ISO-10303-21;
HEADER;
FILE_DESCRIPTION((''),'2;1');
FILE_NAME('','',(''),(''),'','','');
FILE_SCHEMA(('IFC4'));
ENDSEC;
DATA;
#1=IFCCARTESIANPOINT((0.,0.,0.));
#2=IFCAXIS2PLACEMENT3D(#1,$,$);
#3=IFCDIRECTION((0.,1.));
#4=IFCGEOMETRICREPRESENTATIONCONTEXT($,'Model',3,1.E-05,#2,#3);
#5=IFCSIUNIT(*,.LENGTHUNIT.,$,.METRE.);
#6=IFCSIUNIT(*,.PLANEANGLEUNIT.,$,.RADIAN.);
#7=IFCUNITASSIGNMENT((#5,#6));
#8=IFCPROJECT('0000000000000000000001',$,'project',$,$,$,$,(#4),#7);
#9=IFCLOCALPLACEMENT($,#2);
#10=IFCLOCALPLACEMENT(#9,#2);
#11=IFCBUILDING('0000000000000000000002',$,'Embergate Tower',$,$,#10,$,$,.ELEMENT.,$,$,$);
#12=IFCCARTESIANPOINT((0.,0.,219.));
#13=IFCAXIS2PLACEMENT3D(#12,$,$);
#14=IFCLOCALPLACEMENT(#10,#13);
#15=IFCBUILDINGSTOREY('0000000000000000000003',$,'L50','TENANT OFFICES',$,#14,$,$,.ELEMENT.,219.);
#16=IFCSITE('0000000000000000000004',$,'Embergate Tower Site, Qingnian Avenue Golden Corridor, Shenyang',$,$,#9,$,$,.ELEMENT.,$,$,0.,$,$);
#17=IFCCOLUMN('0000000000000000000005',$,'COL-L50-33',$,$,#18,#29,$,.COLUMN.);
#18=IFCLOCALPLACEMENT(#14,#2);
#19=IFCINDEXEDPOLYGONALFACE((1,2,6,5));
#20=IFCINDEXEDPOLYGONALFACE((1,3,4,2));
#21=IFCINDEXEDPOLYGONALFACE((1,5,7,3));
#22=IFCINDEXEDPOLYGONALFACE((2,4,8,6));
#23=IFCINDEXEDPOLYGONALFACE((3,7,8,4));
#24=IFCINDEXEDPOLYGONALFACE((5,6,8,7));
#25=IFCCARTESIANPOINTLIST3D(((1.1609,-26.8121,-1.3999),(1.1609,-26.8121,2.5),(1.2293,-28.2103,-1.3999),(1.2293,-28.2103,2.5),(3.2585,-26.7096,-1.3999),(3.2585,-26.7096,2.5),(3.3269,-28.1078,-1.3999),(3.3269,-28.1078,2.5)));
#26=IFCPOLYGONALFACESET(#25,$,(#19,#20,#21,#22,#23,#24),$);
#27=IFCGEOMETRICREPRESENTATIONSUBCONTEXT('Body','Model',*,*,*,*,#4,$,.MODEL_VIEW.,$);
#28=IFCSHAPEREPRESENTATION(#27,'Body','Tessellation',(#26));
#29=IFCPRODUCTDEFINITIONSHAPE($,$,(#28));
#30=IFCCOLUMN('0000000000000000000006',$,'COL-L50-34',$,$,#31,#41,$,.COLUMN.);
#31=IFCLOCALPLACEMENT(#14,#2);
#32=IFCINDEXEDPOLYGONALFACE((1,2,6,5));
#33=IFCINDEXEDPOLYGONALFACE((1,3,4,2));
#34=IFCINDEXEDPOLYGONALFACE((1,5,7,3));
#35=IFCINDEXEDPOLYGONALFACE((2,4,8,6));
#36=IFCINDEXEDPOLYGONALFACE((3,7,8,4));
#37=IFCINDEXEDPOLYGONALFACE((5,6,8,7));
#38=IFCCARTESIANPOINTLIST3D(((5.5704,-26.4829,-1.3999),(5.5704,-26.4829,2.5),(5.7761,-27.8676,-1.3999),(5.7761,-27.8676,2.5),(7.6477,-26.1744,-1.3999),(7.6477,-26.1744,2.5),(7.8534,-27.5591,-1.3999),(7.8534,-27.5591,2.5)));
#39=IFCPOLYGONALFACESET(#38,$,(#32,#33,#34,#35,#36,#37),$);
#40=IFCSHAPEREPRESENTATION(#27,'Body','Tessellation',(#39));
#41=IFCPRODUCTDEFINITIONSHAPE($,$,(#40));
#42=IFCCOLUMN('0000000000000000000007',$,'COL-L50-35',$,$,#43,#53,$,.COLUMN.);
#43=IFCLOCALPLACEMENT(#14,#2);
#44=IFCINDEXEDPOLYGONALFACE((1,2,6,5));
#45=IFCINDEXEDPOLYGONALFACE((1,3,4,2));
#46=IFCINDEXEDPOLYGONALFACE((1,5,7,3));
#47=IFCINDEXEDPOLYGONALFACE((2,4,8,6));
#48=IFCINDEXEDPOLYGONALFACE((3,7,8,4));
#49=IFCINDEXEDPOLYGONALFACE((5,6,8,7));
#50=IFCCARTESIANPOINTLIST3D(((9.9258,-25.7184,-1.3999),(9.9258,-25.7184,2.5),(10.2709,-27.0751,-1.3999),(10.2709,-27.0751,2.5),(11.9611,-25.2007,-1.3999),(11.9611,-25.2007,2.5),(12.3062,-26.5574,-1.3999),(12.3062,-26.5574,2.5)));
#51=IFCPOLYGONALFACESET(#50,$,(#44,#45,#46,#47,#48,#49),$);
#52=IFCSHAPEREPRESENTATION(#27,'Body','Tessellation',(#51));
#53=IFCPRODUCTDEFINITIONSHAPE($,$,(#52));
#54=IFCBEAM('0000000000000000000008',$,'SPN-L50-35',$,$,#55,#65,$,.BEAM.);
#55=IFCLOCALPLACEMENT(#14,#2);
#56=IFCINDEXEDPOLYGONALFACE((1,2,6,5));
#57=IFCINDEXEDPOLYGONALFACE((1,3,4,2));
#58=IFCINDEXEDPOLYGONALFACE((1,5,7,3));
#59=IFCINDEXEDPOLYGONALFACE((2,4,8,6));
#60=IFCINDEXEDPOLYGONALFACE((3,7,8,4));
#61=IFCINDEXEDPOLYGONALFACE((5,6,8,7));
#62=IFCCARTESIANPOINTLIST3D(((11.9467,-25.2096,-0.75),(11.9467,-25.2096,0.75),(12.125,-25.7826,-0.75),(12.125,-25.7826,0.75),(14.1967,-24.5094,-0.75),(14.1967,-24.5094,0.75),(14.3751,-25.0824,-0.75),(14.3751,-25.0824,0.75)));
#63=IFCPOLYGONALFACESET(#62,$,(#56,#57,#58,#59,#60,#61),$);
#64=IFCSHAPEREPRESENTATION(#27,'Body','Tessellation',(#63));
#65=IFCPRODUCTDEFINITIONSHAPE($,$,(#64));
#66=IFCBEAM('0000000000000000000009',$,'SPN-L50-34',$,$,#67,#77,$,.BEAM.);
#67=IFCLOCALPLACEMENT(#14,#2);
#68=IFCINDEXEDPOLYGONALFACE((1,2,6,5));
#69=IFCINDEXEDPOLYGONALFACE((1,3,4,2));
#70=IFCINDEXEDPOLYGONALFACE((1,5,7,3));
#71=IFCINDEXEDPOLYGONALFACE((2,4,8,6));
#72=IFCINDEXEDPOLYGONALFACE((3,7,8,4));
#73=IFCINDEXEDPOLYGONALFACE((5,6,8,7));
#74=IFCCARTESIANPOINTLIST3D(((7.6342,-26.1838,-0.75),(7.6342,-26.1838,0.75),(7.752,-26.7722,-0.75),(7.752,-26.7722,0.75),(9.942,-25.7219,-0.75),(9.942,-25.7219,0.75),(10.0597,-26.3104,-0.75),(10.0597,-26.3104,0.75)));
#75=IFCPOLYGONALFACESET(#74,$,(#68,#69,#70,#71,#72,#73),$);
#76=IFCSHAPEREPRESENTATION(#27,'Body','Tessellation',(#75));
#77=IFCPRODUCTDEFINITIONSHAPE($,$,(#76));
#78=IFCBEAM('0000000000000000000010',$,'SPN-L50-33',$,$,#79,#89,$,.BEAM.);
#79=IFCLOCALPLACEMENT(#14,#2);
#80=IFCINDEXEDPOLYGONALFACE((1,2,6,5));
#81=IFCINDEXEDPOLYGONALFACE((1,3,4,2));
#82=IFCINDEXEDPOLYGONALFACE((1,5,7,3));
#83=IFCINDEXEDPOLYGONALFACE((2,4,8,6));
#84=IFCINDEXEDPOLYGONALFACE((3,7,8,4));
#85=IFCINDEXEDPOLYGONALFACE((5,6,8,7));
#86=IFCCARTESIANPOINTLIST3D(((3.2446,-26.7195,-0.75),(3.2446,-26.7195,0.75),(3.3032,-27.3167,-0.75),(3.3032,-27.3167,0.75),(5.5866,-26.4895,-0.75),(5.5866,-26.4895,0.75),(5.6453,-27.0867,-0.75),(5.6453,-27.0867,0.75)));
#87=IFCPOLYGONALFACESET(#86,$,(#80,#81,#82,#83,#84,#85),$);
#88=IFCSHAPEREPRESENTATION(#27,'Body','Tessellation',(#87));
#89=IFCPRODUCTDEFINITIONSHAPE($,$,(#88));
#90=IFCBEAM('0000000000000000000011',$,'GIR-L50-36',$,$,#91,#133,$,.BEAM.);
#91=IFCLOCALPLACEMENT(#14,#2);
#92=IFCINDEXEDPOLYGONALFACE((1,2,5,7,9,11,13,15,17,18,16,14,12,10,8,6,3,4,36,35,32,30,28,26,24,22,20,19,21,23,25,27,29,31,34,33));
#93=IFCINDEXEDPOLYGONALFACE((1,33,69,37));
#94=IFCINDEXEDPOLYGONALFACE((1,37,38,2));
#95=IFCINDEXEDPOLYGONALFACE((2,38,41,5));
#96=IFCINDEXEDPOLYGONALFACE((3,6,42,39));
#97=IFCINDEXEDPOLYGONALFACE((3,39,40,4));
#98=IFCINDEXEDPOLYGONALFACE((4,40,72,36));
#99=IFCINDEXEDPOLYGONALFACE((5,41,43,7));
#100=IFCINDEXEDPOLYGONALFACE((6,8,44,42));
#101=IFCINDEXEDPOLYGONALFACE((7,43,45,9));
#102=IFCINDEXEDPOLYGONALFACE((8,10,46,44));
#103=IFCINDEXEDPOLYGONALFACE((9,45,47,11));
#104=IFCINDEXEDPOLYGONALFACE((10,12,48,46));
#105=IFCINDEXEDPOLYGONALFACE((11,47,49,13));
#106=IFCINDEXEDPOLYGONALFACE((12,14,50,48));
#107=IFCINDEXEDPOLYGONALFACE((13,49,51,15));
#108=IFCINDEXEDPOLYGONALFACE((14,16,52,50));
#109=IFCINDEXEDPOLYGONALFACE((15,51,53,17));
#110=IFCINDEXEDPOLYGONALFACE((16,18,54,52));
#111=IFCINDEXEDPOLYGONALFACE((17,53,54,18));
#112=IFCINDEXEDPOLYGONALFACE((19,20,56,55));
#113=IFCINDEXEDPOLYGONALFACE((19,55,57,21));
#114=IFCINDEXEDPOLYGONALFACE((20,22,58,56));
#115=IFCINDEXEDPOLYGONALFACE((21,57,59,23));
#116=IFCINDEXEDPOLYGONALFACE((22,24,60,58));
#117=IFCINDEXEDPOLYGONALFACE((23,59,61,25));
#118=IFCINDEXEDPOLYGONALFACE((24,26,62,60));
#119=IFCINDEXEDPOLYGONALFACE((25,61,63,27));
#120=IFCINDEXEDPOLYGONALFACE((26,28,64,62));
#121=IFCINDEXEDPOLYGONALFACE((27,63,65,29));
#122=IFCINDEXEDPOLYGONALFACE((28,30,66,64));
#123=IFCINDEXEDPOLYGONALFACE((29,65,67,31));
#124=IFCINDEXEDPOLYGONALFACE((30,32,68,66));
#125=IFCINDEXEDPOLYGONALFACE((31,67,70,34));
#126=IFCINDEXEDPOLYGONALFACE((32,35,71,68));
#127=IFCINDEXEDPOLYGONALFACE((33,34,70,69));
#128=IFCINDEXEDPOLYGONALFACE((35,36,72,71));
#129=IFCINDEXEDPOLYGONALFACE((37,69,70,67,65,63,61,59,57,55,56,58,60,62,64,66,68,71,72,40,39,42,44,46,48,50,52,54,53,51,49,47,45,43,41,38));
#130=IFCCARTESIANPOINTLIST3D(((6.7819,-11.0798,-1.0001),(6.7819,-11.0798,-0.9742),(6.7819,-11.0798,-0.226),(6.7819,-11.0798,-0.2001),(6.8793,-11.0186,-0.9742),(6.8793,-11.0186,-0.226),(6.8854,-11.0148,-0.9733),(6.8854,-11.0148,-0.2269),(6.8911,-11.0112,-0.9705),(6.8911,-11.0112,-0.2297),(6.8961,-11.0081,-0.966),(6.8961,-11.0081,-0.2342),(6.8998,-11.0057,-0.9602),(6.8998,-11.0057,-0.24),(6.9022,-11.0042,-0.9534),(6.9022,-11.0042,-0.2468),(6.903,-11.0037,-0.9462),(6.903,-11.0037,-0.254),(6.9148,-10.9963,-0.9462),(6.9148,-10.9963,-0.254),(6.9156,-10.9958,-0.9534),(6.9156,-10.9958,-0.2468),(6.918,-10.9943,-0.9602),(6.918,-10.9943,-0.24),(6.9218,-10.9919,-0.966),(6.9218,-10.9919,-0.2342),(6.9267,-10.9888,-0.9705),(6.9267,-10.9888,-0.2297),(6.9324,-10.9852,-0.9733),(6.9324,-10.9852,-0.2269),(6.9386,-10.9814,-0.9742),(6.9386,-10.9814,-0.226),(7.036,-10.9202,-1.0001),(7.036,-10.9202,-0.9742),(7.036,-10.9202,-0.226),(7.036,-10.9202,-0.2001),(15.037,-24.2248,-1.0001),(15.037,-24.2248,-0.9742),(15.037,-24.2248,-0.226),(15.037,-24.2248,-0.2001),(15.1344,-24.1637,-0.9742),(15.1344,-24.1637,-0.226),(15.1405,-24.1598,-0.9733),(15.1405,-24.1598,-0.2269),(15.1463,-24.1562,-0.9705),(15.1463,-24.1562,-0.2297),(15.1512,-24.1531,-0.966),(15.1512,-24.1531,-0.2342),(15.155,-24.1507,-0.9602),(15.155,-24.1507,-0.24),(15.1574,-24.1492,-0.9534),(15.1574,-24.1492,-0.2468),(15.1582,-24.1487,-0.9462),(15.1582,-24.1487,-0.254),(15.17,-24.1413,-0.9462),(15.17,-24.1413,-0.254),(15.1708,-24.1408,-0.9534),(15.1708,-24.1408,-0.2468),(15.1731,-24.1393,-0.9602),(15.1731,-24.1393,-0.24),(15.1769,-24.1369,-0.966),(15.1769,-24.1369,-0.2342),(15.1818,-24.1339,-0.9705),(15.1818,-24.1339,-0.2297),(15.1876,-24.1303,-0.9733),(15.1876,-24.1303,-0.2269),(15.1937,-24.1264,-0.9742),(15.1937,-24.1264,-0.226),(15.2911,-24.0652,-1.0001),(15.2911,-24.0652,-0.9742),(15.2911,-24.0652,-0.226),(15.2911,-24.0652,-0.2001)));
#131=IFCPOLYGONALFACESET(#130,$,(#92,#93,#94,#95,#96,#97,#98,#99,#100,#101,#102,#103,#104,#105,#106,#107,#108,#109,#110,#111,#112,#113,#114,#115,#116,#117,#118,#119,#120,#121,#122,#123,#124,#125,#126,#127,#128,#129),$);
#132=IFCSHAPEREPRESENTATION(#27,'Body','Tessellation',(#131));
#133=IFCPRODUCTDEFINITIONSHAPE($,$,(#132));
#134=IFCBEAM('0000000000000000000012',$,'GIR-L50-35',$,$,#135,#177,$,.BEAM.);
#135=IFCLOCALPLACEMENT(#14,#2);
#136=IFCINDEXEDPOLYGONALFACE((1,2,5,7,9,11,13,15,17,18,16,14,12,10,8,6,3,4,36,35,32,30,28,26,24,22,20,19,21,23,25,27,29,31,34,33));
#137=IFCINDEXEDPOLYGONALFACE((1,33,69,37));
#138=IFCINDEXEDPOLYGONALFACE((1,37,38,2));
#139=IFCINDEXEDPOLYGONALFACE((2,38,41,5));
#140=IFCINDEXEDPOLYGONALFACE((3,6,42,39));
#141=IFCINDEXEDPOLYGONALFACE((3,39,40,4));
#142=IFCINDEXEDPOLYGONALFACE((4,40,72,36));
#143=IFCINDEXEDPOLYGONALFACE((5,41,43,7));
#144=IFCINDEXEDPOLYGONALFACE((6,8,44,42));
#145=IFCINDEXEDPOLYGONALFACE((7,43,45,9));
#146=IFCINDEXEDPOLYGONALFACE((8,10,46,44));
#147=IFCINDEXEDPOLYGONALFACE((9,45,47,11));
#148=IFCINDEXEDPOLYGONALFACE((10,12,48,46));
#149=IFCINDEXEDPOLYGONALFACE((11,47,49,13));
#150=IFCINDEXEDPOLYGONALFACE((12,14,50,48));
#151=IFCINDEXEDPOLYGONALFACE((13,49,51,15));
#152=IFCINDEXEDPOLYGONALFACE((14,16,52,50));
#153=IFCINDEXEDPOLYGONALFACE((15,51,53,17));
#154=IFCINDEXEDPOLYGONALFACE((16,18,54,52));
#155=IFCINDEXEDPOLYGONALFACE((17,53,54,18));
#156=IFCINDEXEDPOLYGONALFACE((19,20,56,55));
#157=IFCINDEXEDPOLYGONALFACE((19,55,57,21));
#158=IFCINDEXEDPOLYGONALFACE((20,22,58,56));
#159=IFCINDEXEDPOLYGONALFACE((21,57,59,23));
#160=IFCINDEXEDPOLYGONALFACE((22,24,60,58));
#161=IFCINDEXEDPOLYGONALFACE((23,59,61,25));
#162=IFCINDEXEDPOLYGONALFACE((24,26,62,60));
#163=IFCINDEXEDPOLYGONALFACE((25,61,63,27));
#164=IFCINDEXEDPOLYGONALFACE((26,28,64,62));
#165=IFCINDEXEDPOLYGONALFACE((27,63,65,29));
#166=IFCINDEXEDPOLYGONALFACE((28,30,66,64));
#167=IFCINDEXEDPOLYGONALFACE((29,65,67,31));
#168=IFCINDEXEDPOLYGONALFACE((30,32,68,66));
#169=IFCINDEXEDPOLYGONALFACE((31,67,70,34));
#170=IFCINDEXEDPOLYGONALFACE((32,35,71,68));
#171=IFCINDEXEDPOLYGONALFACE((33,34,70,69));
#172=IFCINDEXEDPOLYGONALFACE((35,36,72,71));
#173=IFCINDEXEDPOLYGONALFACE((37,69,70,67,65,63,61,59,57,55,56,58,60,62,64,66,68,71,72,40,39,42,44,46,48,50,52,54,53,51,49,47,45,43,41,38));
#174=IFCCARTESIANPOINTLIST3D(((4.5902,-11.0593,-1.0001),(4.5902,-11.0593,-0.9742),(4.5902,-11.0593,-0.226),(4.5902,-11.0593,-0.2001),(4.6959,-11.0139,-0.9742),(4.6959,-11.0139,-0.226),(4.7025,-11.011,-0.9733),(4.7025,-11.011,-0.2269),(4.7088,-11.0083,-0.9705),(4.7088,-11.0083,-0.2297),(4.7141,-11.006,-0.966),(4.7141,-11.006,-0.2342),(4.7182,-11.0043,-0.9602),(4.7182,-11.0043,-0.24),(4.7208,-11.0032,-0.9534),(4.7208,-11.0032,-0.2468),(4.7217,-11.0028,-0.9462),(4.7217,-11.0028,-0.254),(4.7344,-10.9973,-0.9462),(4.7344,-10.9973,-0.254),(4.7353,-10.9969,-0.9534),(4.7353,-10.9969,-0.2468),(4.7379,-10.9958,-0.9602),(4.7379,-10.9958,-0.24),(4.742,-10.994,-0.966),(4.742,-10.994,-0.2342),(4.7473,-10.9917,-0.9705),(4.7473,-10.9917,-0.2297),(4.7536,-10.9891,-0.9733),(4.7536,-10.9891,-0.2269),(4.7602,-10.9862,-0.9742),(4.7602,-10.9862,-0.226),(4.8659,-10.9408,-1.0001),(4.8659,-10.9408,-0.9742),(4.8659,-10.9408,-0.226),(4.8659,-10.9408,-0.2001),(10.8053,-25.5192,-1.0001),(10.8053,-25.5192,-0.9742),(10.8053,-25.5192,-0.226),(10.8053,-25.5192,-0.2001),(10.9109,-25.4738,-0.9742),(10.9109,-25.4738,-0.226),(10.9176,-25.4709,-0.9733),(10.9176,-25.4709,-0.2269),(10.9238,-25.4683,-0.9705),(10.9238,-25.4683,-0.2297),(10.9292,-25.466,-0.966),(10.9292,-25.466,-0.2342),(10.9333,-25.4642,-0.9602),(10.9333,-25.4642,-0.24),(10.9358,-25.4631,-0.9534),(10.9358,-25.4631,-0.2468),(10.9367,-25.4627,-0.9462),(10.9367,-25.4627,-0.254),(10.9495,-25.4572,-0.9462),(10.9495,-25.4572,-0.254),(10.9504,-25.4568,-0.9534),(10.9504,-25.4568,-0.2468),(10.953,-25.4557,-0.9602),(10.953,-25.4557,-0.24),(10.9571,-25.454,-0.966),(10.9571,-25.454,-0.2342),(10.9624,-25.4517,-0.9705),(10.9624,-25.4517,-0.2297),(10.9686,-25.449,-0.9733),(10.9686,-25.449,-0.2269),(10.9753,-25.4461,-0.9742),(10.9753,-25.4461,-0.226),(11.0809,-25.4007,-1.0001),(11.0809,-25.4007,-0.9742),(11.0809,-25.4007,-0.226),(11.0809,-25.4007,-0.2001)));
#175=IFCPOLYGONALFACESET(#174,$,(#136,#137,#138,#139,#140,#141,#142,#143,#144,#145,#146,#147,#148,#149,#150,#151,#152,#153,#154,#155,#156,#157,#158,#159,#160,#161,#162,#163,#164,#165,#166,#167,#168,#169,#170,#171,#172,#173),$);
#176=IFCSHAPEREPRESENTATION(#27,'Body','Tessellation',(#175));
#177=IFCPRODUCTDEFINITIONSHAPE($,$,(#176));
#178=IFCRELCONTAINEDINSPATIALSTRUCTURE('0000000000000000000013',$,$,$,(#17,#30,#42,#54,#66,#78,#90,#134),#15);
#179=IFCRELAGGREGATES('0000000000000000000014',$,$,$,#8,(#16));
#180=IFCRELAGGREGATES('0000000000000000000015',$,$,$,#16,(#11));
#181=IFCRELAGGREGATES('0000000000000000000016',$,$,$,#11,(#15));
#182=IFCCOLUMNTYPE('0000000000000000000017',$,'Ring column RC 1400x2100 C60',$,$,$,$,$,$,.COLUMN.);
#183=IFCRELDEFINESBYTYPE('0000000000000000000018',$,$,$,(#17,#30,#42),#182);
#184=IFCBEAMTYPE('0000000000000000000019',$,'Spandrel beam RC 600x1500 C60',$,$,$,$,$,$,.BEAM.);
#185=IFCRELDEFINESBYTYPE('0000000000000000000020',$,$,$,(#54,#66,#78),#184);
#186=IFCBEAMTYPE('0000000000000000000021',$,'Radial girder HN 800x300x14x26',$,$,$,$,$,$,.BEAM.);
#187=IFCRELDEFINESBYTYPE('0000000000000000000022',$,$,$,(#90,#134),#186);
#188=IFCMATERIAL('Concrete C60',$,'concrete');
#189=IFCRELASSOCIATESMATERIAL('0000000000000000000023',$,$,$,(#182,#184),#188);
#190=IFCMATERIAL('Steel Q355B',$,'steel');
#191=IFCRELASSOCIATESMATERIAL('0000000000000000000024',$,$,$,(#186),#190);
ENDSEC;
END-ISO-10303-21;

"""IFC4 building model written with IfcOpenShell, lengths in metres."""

from ifc_helpers import new_model, si_unit, direction, frame, origin, origin_2d, place, context, subcontext, project, spatial, rectangle, i_section, extrude, source, transform, mapped, material, material_profile, profile_set, type_object, element, save


model = new_model("IFC4")

# Units and contexts
model_context = context("Model", 3, precision=1e-05, world=origin(), true_north=direction((0.0, 1.0)))
body_context = subcontext(model_context, "Body", "Model", "MODEL_VIEW")
ifc_project = project(units=[si_unit("LENGTHUNIT", "METRE"), si_unit("PLANEANGLEUNIT", "RADIAN")], contexts=[model_context])

# Site, building, storey
site_placement = place(None, origin())
site = spatial("IfcSite", under=ifc_project, at=site_placement, Name="Embergate Tower Site, Qingnian Avenue Golden Corridor, Shenyang", CompositionType="ELEMENT", RefElevation=0.0)
building_placement = place(site_placement, origin())
building = spatial("IfcBuilding", under=site, at=building_placement, Name="Embergate Tower", CompositionType="ELEMENT")
storey_placement = place(building_placement, frame((0.0, 0.0, 219.0)))
storey = spatial("IfcBuildingStorey", under=building, at=storey_placement, Name="L50", Description="TENANT OFFICES", CompositionType="ELEMENT", Elevation=219.0)

# Columns
ifc_material_1 = material(Name="Concrete C60", Category="concrete")
ifc_material_profile_1 = material_profile(ifc_material_1, rectangle(XDim=1.3999, YDim=2.1001, at=origin_2d()), Name="RC 1400x2100")
ifc_profile_set_1 = profile_set([ifc_material_profile_1], Name="Concrete C60")
column_type = type_object("IfcColumnType", Name="Ring column RC 1400x2100 C60", PredefinedType="COLUMN", material=ifc_profile_set_1)
shared_shape_1 = source(origin(), body_context, "Body", "SweptSolid", [
    extrude(rectangle(XDim=1.3999, YDim=2.1001, at=origin_2d()), origin(), (0.0, 0.0, 1.0), 3.8999),
])
for number, where, z_axis, x_axis, name in (
    (1, (2.2439, -27.46, -1.3999), (0.0, 0.0, 1.0), (0.048815, -0.998808, 0.0), "COL-L50-33"),
    (2, (6.7119, -27.021, -1.3999), (0.0, 0.0, 1.0), (0.146929, -0.989147, 0.0), "COL-L50-34"),
    (3, (11.116, -26.1379, -1.3999), (0.0, 0.0, 1.0), (0.246509, -0.969141, 0.0), "COL-L50-35"),
):
    element("IfcColumn", number, at=place(storey_placement, frame(where, z_axis=z_axis, x_axis=x_axis)), inside=storey, type_object=column_type, Name=name, PredefinedType="COLUMN", context=body_context, shape_type="MappedRepresentation", body=[
        mapped(shared_shape_1, transform((0.0, 0.0, 0.0))),
    ])

# Beams
ifc_material_profile_2 = material_profile(ifc_material_1, rectangle(XDim=0.6001, YDim=1.5, at=origin_2d()), Name="RC 600x1500")
ifc_profile_set_2 = profile_set([ifc_material_profile_2], Name="Concrete C60")
beam_type_1 = type_object("IfcBeamType", Name="Spandrel beam RC 600x1500 C60", PredefinedType="BEAM", material=ifc_profile_set_2)
shared_shape_2 = source(origin(), body_context, "Body", "SweptSolid", [
    extrude(rectangle(XDim=0.6001, YDim=1.5, at=origin_2d()), origin(), (0.0, 0.0, 1.0), 2.3564),
])
beam_1_placement = place(storey_placement, frame((12.0359, -25.4961, 0.0), z_axis=(0.954833, 0.297142, 0.0), x_axis=(-0.297142, 0.954833, 0.0)))
element("IfcBeam", 4, at=beam_1_placement, inside=storey, type_object=beam_type_1, Name="SPN-L50-35", PredefinedType="BEAM", context=body_context, shape_type="MappedRepresentation", body=[
    mapped(shared_shape_2, transform((0.0, 0.0, 0.0))),
])
shared_shape_3 = source(origin(), body_context, "Body", "SweptSolid", [
    extrude(rectangle(XDim=0.6001, YDim=1.5, at=origin_2d()), origin(), (0.0, 0.0, 1.0), 2.3535),
])
beam_2_placement = place(storey_placement, frame((7.6931, -26.478, 0.0), z_axis=(0.980553, 0.196256, 0.0), x_axis=(-0.196256, 0.980553, 0.0)))
element("IfcBeam", 5, at=beam_2_placement, inside=storey, type_object=beam_type_1, Name="SPN-L50-34", PredefinedType="BEAM", context=body_context, shape_type="MappedRepresentation", body=[
    mapped(shared_shape_3, transform((0.0, 0.0, 0.0))),
])
shared_shape_4 = source(origin(), body_context, "Body", "SweptSolid", [
    extrude(rectangle(XDim=0.6001, YDim=1.5, at=origin_2d()), origin(), (0.0, 0.0, 1.0), 2.3533),
])
beam_3_placement = place(storey_placement, frame((3.2739, -27.0181, 0.0), z_axis=(0.995213, 0.097727, 0.0), x_axis=(-0.097727, 0.995213, 0.0)))
element("IfcBeam", 6, at=beam_3_placement, inside=storey, type_object=beam_type_1, Name="SPN-L50-33", PredefinedType="BEAM", context=body_context, shape_type="MappedRepresentation", body=[
    mapped(shared_shape_4, transform((0.0, 0.0, 0.0))),
])
ifc_material_2 = material(Name="Steel Q355B", Category="steel")
ifc_material_profile_3 = material_profile(ifc_material_2, i_section(OverallWidth=0.3, OverallDepth=0.8, WebThickness=0.0139, FlangeThickness=0.0259, FilletRadius=0.0281, at=origin_2d()), Name="HN 800x300x14x26")
ifc_profile_set_3 = profile_set([ifc_material_profile_3], Name="Steel Q355 grade B")
beam_type_2 = type_object("IfcBeamType", Name="Radial girder HN 800x300x14x26", PredefinedType="BEAM", material=ifc_profile_set_3)
shared_shape_5 = source(origin(), body_context, "Body", "SweptSolid", [
    extrude(i_section(OverallWidth=0.3, OverallDepth=0.8, WebThickness=0.0139, FlangeThickness=0.0259, FilletRadius=0.0281, at=origin_2d()), origin(), (0.0, 0.0, 1.0), 15.5222),
])
beam_4_placement = place(storey_placement, frame((15.1641, -24.145, -0.6001), z_axis=(-0.531827, 0.846853, 0.0), x_axis=(-0.846853, -0.531827, 0.0)))
element("IfcBeam", 7, at=beam_4_placement, inside=storey, type_object=beam_type_2, Name="GIR-L50-36", PredefinedType="BEAM", context=body_context, shape_type="MappedRepresentation", body=[
    mapped(shared_shape_5, transform((0.0, 0.0, 0.0))),
])
shared_shape_6 = source(origin(), body_context, "Body", "SweptSolid", [
    extrude(i_section(OverallWidth=0.3, OverallDepth=0.8, WebThickness=0.0139, FlangeThickness=0.0259, FilletRadius=0.0281, at=origin_2d()), origin(), (0.0, 0.0, 1.0), 15.739),
])
beam_5_placement = place(storey_placement, frame((10.9431, -25.46, -0.6001), z_axis=(-0.394883, 0.918731, 0.0), x_axis=(-0.918731, -0.394883, 0.0)))
element("IfcBeam", 8, at=beam_5_placement, inside=storey, type_object=beam_type_2, Name="GIR-L50-35", PredefinedType="BEAM", context=body_context, shape_type="MappedRepresentation", body=[
    mapped(shared_shape_6, transform((0.0, 0.0, 0.0))),
])

save(model, "model.ifc")
